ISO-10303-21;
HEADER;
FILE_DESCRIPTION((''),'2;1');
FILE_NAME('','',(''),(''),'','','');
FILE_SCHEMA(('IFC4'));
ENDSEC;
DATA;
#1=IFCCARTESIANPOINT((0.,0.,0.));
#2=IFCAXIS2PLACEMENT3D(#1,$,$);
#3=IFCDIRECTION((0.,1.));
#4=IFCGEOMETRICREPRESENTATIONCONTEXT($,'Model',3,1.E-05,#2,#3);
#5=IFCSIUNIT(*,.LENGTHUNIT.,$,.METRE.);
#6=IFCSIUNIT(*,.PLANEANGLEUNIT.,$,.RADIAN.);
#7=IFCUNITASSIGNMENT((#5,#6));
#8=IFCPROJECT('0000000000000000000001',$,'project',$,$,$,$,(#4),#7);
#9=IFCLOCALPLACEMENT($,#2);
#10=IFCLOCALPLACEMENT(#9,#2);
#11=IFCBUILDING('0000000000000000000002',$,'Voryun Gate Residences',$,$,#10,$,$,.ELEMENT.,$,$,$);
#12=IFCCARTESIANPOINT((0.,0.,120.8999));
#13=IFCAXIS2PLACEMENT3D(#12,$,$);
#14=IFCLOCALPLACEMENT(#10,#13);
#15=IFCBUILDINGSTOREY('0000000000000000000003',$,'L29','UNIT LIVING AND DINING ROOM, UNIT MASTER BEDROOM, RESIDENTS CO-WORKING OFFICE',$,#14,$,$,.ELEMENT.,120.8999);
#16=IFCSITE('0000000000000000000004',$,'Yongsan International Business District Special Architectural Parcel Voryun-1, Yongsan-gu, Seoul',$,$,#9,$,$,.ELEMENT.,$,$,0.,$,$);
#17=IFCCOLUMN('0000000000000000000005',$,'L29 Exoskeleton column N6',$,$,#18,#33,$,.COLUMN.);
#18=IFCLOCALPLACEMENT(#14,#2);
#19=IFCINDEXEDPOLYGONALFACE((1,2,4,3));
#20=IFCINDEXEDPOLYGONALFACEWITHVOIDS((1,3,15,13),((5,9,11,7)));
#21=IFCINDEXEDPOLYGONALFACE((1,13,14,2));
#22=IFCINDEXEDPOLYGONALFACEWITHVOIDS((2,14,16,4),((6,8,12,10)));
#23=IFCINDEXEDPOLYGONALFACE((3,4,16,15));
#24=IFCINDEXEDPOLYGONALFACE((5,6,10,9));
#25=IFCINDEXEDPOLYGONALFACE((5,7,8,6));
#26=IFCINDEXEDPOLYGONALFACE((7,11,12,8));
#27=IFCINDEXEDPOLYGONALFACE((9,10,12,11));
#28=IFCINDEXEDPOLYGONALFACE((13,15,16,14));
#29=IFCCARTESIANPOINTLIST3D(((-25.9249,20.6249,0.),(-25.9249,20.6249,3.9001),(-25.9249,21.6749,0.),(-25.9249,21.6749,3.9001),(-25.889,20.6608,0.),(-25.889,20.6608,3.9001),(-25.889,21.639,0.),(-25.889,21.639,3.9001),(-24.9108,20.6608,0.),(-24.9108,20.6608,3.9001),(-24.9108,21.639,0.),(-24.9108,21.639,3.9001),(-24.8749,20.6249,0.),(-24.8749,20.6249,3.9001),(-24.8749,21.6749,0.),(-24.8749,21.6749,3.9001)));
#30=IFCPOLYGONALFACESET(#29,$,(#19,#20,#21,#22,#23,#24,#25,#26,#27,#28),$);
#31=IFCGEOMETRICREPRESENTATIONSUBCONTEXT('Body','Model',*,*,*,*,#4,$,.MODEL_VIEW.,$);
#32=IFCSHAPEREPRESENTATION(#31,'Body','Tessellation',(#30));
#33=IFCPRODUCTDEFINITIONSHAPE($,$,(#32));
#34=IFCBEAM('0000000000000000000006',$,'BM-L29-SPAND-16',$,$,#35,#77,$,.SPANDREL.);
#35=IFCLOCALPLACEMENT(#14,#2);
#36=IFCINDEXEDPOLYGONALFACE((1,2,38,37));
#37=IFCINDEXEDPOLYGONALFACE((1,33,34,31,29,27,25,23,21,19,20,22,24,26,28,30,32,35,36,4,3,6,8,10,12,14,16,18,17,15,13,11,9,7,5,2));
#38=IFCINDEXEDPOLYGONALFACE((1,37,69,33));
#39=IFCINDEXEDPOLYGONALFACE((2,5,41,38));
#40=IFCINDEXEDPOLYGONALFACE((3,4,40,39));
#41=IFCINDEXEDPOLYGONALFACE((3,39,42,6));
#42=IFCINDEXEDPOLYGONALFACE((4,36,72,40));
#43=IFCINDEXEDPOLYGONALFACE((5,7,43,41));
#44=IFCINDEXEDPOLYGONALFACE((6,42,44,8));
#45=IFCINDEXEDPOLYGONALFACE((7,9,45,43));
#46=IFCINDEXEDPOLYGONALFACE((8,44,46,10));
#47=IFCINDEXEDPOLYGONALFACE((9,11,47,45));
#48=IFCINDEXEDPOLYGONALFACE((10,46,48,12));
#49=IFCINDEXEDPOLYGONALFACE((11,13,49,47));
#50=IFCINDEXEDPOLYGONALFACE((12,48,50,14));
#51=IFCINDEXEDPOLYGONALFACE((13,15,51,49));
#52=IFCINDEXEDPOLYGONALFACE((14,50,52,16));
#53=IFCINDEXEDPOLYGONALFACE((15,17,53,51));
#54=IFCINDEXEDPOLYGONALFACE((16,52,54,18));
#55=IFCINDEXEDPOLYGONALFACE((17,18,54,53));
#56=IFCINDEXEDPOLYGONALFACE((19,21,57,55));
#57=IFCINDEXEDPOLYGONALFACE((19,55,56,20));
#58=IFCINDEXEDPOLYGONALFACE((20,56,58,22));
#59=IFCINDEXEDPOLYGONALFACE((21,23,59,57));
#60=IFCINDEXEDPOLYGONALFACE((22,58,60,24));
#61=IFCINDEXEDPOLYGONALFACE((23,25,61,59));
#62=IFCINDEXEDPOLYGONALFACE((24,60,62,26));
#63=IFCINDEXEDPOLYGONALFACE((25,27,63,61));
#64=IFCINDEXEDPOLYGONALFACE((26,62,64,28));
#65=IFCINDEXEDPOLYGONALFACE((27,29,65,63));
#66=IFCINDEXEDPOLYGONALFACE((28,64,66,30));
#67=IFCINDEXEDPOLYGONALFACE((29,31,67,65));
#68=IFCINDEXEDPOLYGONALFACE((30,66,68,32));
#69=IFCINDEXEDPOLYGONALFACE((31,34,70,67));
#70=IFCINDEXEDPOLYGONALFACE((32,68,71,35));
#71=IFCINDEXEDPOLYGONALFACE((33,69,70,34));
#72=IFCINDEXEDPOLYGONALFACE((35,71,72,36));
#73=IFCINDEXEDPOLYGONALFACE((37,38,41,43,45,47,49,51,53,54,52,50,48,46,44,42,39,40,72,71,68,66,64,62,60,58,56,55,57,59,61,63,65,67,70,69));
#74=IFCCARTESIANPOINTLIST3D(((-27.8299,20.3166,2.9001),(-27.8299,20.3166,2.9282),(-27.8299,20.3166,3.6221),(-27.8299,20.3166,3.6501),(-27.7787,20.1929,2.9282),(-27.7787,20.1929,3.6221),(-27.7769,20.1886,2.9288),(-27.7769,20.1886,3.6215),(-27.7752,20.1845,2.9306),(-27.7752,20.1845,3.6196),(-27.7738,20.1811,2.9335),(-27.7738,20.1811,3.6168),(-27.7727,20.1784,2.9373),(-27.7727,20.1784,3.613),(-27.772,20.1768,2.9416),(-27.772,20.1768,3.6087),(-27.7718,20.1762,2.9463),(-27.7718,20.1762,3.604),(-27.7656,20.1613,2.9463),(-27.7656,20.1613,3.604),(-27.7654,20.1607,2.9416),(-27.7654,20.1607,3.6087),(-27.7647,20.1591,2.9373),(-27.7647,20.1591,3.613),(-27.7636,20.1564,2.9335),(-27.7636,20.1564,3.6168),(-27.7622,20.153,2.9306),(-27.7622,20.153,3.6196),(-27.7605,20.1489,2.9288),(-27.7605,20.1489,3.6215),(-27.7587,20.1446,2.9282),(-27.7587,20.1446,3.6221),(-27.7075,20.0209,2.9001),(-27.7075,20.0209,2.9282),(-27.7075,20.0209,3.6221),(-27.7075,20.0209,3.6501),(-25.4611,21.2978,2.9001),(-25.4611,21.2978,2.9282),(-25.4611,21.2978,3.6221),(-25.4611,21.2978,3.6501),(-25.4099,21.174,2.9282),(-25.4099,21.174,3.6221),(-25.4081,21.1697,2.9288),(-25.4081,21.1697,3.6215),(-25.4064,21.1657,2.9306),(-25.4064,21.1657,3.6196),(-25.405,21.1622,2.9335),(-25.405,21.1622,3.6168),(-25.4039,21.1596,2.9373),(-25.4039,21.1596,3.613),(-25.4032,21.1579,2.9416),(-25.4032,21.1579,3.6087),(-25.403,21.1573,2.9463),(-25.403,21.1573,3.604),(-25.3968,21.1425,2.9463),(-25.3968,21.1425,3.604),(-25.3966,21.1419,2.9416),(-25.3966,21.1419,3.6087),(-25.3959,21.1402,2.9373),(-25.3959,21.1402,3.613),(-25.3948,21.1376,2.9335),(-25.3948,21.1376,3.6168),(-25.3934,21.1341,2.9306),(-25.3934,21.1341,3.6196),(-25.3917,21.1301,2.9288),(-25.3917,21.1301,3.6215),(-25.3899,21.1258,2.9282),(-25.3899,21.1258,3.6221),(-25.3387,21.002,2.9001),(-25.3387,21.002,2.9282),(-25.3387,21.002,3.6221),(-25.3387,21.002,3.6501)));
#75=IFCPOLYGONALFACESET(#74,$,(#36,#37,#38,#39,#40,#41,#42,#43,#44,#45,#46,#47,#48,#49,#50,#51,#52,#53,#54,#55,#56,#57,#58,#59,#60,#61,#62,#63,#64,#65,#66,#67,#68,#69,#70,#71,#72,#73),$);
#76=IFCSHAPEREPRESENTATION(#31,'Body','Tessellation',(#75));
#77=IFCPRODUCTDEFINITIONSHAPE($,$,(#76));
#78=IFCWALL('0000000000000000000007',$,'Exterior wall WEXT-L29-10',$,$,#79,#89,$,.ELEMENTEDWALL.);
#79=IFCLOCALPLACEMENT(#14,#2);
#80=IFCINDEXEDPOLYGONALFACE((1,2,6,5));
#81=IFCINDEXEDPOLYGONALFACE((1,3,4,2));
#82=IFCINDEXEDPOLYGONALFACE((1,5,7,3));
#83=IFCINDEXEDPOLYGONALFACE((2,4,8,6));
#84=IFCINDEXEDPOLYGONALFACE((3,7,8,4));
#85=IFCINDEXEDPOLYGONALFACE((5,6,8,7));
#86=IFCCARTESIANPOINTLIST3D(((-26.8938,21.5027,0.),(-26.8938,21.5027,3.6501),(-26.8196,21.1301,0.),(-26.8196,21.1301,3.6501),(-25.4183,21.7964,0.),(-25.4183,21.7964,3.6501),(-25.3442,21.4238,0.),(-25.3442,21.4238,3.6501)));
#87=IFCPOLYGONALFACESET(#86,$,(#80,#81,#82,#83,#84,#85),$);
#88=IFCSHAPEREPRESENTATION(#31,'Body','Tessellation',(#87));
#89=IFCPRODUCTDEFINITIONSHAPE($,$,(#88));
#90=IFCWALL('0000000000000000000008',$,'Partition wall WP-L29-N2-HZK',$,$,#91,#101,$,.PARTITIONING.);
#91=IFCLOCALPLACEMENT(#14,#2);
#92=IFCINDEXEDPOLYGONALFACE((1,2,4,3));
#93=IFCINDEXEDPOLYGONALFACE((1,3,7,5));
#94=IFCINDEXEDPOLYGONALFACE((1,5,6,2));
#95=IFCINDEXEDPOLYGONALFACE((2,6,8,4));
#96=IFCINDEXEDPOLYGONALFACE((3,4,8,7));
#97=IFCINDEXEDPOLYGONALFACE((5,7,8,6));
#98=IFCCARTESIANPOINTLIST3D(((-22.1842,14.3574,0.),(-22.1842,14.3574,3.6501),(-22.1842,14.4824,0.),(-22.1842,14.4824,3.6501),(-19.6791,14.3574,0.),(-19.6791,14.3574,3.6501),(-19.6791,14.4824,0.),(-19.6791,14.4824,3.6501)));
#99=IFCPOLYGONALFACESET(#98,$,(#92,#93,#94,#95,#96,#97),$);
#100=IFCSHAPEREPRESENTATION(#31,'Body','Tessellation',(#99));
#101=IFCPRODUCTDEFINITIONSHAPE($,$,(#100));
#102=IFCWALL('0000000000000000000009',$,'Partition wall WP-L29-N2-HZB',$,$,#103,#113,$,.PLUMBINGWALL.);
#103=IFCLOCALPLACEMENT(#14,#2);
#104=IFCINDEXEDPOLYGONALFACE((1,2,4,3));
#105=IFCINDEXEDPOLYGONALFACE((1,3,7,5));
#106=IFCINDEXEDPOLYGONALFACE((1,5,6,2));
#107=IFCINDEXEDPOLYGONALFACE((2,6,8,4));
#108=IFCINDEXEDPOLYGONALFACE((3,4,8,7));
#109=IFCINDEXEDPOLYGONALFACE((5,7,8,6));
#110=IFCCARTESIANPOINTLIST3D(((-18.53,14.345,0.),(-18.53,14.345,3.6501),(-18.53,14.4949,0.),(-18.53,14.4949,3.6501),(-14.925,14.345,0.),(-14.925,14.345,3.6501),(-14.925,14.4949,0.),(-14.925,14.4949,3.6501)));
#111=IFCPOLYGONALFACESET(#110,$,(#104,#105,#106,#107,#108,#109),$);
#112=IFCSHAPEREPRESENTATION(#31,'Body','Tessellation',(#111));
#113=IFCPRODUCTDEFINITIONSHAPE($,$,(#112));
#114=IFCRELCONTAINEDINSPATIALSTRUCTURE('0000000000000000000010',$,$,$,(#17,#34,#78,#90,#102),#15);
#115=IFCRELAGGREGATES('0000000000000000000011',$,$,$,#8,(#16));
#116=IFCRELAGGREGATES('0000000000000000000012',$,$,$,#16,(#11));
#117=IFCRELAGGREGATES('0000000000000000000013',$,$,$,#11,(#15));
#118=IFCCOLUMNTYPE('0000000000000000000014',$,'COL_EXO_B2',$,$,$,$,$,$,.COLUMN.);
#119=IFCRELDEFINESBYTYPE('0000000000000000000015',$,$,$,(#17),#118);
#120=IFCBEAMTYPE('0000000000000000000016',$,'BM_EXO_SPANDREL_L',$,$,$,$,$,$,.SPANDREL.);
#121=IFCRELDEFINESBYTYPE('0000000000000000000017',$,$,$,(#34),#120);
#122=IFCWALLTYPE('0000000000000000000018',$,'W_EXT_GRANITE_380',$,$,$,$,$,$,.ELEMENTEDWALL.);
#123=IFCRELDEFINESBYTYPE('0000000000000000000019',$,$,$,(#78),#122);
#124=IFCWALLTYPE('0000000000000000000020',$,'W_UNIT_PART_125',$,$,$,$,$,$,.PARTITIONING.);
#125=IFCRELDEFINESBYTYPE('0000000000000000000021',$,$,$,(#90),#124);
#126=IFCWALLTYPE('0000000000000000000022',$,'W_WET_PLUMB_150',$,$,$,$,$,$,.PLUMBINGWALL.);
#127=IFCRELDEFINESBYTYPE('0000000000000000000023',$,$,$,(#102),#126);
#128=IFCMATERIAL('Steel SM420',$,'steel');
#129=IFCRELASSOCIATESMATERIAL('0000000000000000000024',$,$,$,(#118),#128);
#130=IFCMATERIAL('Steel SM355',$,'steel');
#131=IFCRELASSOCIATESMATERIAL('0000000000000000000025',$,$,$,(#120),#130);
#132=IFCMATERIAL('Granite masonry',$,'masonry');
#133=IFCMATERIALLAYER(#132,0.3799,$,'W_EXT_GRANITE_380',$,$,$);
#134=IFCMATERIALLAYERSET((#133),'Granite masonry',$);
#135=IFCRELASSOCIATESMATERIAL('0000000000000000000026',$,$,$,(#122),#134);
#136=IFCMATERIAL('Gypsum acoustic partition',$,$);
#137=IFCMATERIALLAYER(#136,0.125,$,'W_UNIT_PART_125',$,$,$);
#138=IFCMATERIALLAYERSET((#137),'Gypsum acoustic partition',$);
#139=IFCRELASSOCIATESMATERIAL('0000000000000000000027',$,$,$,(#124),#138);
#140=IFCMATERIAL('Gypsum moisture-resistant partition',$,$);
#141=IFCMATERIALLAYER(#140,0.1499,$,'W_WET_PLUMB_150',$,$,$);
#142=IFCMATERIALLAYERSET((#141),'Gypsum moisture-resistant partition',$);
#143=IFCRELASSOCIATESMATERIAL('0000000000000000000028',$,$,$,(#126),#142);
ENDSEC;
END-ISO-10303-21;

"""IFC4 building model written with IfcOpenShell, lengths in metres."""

from ifc_helpers import new_model, si_unit, direction, frame, frame_2d, origin, origin_2d, place, context, subcontext, project, spatial, rectangle, hollow_rectangle, i_section, extrude, material, layer, layer_set, material_profile, profile_set, type_object, element, save


model = new_model("IFC4")

# Units and contexts
model_context = context("Model", 3, precision=1e-05, world=origin(), true_north=direction((0.0, 1.0)))
body_context = subcontext(model_context, "Body", "Model", "MODEL_VIEW")
ifc_project = project(units=[si_unit("LENGTHUNIT", "METRE"), si_unit("PLANEANGLEUNIT", "RADIAN")], contexts=[model_context])

# Site, building, storey
site_placement = place(None, origin())
site = spatial("IfcSite", under=ifc_project, at=site_placement, Name="Yongsan International Business District Special Architectural Parcel Voryun-1, Yongsan-gu, Seoul", CompositionType="ELEMENT", RefElevation=0.0)
building_placement = place(site_placement, origin())
building = spatial("IfcBuilding", under=site, at=building_placement, Name="Voryun Gate Residences", CompositionType="ELEMENT")
storey_placement = place(building_placement, frame((0.0, 0.0, 120.8999)))
storey = spatial("IfcBuildingStorey", under=building, at=storey_placement, Name="L29", Description="UNIT LIVING AND DINING ROOM, UNIT MASTER BEDROOM, RESIDENTS CO-WORKING OFFICE", CompositionType="ELEMENT", Elevation=120.8999)

# Column
ifc_material_1 = material(Name="Steel SM420", Category="steel")
ifc_material_profile_1 = material_profile(ifc_material_1, hollow_rectangle(XDim=1.05, YDim=1.05, WallThickness=0.0359, at=origin_2d()), Name="BOX-1050x1050x36")
ifc_profile_set_1 = profile_set([ifc_material_profile_1], Name="Steel SM420")
column_type = type_object("IfcColumnType", Name="COL_EXO_B2", PredefinedType="COLUMN", material=ifc_profile_set_1)
column_placement = place(storey_placement, frame((-25.3999, 21.1499, 0.0), z_axis=(0.0, 0.0, 1.0), x_axis=(1.0, 0.0, 0.0)))
element("IfcColumn", 1, at=column_placement, inside=storey, type_object=column_type, Name="L29 Exoskeleton column N6", PredefinedType="COLUMN", context=body_context, shape_type="SweptSolid", body=[
    extrude(hollow_rectangle(XDim=1.05, YDim=1.05, WallThickness=0.0359, at=origin_2d()), origin(), (0.0, 0.0, 1.0), 3.9001),
])

# Beam
ifc_material_2 = material(Name="Steel SM355", Category="steel")
ifc_material_profile_2 = material_profile(ifc_material_2, i_section(OverallWidth=0.3201, OverallDepth=0.75, WebThickness=0.0161, FlangeThickness=0.0281, FilletRadius=0.0181, at=origin_2d()), Name="H-750x320x16x28")
ifc_profile_set_2 = profile_set([ifc_material_profile_2], Name="Steel SM355")
beam_type = type_object("IfcBeamType", Name="BM_EXO_SPANDREL_L", PredefinedType="SPANDREL", material=ifc_profile_set_2)
beam_placement = place(storey_placement, frame((-25.3999, 21.1499, 3.2751), z_axis=(-0.923883, -0.382674, 0.0), x_axis=(0.382674, -0.923883, 0.0)))
element("IfcBeam", 2, at=beam_placement, inside=storey, type_object=beam_type, Name="BM-L29-SPAND-16", PredefinedType="SPANDREL", context=body_context, shape_type="SweptSolid", body=[
    extrude(i_section(OverallWidth=0.3201, OverallDepth=0.75, WebThickness=0.0161, FlangeThickness=0.0281, FilletRadius=0.0181, at=origin_2d()), origin(), (0.0, 0.0, 1.0), 2.564),
])

# Wall
ifc_material_3 = material(Name="Granite masonry", Category="masonry")
ifc_layer_1 = layer(ifc_material_3, 0.3799, Name="W_EXT_GRANITE_380")
ifc_layer_set_1 = layer_set([ifc_layer_1], Name="Granite masonry")
wall_type_1 = type_object("IfcWallType", Name="W_EXT_GRANITE_380", PredefinedType="ELEMENTEDWALL", material=ifc_layer_set_1)
wall_1_placement = place(storey_placement, frame((-26.8567, 21.3164, 0.0), z_axis=(0.0, 0.0, 1.0), x_axis=(0.980755, 0.195242, 0.0)))
element("IfcWall", 3, at=wall_1_placement, inside=storey, type_object=wall_type_1, Name="Exterior wall WEXT-L29-10", PredefinedType="ELEMENTEDWALL", context=body_context, shape_type="SweptSolid", body=[
    extrude(rectangle(XDim=1.5044, YDim=0.3799, at=frame_2d((0.7522, 0.0))), origin(), (0.0, 0.0, 1.0), 3.6501),
])

# Walls
ifc_material_4 = material(Name="Gypsum acoustic partition")
ifc_layer_2 = layer(ifc_material_4, 0.125, Name="W_UNIT_PART_125")
ifc_layer_set_2 = layer_set([ifc_layer_2], Name="Gypsum acoustic partition")
wall_type_2 = type_object("IfcWallType", Name="W_UNIT_PART_125", PredefinedType="PARTITIONING", material=ifc_layer_set_2)
wall_2_placement = place(storey_placement, frame((-22.1841, 14.4199, 0.0), z_axis=(0.0, 0.0, 1.0), x_axis=(1.0, 0.0, 0.0)))
element("IfcWall", 4, at=wall_2_placement, inside=storey, type_object=wall_type_2, Name="Partition wall WP-L29-N2-HZK", PredefinedType="PARTITIONING", context=body_context, shape_type="SweptSolid", body=[
    extrude(rectangle(XDim=2.5051, YDim=0.125, at=frame_2d((1.2524, 0.0))), origin(), (0.0, 0.0, 1.0), 3.6501),
])
ifc_material_5 = material(Name="Gypsum moisture-resistant partition")
ifc_layer_3 = layer(ifc_material_5, 0.1499, Name="W_WET_PLUMB_150")
ifc_layer_set_3 = layer_set([ifc_layer_3], Name="Gypsum moisture-resistant partition")
wall_type_3 = type_object("IfcWallType", Name="W_WET_PLUMB_150", PredefinedType="PLUMBINGWALL", material=ifc_layer_set_3)
wall_3_placement = place(storey_placement, frame((-18.53, 14.4199, 0.0), z_axis=(0.0, 0.0, 1.0), x_axis=(1.0, 0.0, 0.0)))
element("IfcWall", 5, at=wall_3_placement, inside=storey, type_object=wall_type_3, Name="Partition wall WP-L29-N2-HZB", PredefinedType="PLUMBINGWALL", context=body_context, shape_type="SweptSolid", body=[
    extrude(rectangle(XDim=3.605, YDim=0.1499, at=frame_2d((1.8025, 0.0))), origin(), (0.0, 0.0, 1.0), 3.6501),
])

save(model, "model.ifc")
